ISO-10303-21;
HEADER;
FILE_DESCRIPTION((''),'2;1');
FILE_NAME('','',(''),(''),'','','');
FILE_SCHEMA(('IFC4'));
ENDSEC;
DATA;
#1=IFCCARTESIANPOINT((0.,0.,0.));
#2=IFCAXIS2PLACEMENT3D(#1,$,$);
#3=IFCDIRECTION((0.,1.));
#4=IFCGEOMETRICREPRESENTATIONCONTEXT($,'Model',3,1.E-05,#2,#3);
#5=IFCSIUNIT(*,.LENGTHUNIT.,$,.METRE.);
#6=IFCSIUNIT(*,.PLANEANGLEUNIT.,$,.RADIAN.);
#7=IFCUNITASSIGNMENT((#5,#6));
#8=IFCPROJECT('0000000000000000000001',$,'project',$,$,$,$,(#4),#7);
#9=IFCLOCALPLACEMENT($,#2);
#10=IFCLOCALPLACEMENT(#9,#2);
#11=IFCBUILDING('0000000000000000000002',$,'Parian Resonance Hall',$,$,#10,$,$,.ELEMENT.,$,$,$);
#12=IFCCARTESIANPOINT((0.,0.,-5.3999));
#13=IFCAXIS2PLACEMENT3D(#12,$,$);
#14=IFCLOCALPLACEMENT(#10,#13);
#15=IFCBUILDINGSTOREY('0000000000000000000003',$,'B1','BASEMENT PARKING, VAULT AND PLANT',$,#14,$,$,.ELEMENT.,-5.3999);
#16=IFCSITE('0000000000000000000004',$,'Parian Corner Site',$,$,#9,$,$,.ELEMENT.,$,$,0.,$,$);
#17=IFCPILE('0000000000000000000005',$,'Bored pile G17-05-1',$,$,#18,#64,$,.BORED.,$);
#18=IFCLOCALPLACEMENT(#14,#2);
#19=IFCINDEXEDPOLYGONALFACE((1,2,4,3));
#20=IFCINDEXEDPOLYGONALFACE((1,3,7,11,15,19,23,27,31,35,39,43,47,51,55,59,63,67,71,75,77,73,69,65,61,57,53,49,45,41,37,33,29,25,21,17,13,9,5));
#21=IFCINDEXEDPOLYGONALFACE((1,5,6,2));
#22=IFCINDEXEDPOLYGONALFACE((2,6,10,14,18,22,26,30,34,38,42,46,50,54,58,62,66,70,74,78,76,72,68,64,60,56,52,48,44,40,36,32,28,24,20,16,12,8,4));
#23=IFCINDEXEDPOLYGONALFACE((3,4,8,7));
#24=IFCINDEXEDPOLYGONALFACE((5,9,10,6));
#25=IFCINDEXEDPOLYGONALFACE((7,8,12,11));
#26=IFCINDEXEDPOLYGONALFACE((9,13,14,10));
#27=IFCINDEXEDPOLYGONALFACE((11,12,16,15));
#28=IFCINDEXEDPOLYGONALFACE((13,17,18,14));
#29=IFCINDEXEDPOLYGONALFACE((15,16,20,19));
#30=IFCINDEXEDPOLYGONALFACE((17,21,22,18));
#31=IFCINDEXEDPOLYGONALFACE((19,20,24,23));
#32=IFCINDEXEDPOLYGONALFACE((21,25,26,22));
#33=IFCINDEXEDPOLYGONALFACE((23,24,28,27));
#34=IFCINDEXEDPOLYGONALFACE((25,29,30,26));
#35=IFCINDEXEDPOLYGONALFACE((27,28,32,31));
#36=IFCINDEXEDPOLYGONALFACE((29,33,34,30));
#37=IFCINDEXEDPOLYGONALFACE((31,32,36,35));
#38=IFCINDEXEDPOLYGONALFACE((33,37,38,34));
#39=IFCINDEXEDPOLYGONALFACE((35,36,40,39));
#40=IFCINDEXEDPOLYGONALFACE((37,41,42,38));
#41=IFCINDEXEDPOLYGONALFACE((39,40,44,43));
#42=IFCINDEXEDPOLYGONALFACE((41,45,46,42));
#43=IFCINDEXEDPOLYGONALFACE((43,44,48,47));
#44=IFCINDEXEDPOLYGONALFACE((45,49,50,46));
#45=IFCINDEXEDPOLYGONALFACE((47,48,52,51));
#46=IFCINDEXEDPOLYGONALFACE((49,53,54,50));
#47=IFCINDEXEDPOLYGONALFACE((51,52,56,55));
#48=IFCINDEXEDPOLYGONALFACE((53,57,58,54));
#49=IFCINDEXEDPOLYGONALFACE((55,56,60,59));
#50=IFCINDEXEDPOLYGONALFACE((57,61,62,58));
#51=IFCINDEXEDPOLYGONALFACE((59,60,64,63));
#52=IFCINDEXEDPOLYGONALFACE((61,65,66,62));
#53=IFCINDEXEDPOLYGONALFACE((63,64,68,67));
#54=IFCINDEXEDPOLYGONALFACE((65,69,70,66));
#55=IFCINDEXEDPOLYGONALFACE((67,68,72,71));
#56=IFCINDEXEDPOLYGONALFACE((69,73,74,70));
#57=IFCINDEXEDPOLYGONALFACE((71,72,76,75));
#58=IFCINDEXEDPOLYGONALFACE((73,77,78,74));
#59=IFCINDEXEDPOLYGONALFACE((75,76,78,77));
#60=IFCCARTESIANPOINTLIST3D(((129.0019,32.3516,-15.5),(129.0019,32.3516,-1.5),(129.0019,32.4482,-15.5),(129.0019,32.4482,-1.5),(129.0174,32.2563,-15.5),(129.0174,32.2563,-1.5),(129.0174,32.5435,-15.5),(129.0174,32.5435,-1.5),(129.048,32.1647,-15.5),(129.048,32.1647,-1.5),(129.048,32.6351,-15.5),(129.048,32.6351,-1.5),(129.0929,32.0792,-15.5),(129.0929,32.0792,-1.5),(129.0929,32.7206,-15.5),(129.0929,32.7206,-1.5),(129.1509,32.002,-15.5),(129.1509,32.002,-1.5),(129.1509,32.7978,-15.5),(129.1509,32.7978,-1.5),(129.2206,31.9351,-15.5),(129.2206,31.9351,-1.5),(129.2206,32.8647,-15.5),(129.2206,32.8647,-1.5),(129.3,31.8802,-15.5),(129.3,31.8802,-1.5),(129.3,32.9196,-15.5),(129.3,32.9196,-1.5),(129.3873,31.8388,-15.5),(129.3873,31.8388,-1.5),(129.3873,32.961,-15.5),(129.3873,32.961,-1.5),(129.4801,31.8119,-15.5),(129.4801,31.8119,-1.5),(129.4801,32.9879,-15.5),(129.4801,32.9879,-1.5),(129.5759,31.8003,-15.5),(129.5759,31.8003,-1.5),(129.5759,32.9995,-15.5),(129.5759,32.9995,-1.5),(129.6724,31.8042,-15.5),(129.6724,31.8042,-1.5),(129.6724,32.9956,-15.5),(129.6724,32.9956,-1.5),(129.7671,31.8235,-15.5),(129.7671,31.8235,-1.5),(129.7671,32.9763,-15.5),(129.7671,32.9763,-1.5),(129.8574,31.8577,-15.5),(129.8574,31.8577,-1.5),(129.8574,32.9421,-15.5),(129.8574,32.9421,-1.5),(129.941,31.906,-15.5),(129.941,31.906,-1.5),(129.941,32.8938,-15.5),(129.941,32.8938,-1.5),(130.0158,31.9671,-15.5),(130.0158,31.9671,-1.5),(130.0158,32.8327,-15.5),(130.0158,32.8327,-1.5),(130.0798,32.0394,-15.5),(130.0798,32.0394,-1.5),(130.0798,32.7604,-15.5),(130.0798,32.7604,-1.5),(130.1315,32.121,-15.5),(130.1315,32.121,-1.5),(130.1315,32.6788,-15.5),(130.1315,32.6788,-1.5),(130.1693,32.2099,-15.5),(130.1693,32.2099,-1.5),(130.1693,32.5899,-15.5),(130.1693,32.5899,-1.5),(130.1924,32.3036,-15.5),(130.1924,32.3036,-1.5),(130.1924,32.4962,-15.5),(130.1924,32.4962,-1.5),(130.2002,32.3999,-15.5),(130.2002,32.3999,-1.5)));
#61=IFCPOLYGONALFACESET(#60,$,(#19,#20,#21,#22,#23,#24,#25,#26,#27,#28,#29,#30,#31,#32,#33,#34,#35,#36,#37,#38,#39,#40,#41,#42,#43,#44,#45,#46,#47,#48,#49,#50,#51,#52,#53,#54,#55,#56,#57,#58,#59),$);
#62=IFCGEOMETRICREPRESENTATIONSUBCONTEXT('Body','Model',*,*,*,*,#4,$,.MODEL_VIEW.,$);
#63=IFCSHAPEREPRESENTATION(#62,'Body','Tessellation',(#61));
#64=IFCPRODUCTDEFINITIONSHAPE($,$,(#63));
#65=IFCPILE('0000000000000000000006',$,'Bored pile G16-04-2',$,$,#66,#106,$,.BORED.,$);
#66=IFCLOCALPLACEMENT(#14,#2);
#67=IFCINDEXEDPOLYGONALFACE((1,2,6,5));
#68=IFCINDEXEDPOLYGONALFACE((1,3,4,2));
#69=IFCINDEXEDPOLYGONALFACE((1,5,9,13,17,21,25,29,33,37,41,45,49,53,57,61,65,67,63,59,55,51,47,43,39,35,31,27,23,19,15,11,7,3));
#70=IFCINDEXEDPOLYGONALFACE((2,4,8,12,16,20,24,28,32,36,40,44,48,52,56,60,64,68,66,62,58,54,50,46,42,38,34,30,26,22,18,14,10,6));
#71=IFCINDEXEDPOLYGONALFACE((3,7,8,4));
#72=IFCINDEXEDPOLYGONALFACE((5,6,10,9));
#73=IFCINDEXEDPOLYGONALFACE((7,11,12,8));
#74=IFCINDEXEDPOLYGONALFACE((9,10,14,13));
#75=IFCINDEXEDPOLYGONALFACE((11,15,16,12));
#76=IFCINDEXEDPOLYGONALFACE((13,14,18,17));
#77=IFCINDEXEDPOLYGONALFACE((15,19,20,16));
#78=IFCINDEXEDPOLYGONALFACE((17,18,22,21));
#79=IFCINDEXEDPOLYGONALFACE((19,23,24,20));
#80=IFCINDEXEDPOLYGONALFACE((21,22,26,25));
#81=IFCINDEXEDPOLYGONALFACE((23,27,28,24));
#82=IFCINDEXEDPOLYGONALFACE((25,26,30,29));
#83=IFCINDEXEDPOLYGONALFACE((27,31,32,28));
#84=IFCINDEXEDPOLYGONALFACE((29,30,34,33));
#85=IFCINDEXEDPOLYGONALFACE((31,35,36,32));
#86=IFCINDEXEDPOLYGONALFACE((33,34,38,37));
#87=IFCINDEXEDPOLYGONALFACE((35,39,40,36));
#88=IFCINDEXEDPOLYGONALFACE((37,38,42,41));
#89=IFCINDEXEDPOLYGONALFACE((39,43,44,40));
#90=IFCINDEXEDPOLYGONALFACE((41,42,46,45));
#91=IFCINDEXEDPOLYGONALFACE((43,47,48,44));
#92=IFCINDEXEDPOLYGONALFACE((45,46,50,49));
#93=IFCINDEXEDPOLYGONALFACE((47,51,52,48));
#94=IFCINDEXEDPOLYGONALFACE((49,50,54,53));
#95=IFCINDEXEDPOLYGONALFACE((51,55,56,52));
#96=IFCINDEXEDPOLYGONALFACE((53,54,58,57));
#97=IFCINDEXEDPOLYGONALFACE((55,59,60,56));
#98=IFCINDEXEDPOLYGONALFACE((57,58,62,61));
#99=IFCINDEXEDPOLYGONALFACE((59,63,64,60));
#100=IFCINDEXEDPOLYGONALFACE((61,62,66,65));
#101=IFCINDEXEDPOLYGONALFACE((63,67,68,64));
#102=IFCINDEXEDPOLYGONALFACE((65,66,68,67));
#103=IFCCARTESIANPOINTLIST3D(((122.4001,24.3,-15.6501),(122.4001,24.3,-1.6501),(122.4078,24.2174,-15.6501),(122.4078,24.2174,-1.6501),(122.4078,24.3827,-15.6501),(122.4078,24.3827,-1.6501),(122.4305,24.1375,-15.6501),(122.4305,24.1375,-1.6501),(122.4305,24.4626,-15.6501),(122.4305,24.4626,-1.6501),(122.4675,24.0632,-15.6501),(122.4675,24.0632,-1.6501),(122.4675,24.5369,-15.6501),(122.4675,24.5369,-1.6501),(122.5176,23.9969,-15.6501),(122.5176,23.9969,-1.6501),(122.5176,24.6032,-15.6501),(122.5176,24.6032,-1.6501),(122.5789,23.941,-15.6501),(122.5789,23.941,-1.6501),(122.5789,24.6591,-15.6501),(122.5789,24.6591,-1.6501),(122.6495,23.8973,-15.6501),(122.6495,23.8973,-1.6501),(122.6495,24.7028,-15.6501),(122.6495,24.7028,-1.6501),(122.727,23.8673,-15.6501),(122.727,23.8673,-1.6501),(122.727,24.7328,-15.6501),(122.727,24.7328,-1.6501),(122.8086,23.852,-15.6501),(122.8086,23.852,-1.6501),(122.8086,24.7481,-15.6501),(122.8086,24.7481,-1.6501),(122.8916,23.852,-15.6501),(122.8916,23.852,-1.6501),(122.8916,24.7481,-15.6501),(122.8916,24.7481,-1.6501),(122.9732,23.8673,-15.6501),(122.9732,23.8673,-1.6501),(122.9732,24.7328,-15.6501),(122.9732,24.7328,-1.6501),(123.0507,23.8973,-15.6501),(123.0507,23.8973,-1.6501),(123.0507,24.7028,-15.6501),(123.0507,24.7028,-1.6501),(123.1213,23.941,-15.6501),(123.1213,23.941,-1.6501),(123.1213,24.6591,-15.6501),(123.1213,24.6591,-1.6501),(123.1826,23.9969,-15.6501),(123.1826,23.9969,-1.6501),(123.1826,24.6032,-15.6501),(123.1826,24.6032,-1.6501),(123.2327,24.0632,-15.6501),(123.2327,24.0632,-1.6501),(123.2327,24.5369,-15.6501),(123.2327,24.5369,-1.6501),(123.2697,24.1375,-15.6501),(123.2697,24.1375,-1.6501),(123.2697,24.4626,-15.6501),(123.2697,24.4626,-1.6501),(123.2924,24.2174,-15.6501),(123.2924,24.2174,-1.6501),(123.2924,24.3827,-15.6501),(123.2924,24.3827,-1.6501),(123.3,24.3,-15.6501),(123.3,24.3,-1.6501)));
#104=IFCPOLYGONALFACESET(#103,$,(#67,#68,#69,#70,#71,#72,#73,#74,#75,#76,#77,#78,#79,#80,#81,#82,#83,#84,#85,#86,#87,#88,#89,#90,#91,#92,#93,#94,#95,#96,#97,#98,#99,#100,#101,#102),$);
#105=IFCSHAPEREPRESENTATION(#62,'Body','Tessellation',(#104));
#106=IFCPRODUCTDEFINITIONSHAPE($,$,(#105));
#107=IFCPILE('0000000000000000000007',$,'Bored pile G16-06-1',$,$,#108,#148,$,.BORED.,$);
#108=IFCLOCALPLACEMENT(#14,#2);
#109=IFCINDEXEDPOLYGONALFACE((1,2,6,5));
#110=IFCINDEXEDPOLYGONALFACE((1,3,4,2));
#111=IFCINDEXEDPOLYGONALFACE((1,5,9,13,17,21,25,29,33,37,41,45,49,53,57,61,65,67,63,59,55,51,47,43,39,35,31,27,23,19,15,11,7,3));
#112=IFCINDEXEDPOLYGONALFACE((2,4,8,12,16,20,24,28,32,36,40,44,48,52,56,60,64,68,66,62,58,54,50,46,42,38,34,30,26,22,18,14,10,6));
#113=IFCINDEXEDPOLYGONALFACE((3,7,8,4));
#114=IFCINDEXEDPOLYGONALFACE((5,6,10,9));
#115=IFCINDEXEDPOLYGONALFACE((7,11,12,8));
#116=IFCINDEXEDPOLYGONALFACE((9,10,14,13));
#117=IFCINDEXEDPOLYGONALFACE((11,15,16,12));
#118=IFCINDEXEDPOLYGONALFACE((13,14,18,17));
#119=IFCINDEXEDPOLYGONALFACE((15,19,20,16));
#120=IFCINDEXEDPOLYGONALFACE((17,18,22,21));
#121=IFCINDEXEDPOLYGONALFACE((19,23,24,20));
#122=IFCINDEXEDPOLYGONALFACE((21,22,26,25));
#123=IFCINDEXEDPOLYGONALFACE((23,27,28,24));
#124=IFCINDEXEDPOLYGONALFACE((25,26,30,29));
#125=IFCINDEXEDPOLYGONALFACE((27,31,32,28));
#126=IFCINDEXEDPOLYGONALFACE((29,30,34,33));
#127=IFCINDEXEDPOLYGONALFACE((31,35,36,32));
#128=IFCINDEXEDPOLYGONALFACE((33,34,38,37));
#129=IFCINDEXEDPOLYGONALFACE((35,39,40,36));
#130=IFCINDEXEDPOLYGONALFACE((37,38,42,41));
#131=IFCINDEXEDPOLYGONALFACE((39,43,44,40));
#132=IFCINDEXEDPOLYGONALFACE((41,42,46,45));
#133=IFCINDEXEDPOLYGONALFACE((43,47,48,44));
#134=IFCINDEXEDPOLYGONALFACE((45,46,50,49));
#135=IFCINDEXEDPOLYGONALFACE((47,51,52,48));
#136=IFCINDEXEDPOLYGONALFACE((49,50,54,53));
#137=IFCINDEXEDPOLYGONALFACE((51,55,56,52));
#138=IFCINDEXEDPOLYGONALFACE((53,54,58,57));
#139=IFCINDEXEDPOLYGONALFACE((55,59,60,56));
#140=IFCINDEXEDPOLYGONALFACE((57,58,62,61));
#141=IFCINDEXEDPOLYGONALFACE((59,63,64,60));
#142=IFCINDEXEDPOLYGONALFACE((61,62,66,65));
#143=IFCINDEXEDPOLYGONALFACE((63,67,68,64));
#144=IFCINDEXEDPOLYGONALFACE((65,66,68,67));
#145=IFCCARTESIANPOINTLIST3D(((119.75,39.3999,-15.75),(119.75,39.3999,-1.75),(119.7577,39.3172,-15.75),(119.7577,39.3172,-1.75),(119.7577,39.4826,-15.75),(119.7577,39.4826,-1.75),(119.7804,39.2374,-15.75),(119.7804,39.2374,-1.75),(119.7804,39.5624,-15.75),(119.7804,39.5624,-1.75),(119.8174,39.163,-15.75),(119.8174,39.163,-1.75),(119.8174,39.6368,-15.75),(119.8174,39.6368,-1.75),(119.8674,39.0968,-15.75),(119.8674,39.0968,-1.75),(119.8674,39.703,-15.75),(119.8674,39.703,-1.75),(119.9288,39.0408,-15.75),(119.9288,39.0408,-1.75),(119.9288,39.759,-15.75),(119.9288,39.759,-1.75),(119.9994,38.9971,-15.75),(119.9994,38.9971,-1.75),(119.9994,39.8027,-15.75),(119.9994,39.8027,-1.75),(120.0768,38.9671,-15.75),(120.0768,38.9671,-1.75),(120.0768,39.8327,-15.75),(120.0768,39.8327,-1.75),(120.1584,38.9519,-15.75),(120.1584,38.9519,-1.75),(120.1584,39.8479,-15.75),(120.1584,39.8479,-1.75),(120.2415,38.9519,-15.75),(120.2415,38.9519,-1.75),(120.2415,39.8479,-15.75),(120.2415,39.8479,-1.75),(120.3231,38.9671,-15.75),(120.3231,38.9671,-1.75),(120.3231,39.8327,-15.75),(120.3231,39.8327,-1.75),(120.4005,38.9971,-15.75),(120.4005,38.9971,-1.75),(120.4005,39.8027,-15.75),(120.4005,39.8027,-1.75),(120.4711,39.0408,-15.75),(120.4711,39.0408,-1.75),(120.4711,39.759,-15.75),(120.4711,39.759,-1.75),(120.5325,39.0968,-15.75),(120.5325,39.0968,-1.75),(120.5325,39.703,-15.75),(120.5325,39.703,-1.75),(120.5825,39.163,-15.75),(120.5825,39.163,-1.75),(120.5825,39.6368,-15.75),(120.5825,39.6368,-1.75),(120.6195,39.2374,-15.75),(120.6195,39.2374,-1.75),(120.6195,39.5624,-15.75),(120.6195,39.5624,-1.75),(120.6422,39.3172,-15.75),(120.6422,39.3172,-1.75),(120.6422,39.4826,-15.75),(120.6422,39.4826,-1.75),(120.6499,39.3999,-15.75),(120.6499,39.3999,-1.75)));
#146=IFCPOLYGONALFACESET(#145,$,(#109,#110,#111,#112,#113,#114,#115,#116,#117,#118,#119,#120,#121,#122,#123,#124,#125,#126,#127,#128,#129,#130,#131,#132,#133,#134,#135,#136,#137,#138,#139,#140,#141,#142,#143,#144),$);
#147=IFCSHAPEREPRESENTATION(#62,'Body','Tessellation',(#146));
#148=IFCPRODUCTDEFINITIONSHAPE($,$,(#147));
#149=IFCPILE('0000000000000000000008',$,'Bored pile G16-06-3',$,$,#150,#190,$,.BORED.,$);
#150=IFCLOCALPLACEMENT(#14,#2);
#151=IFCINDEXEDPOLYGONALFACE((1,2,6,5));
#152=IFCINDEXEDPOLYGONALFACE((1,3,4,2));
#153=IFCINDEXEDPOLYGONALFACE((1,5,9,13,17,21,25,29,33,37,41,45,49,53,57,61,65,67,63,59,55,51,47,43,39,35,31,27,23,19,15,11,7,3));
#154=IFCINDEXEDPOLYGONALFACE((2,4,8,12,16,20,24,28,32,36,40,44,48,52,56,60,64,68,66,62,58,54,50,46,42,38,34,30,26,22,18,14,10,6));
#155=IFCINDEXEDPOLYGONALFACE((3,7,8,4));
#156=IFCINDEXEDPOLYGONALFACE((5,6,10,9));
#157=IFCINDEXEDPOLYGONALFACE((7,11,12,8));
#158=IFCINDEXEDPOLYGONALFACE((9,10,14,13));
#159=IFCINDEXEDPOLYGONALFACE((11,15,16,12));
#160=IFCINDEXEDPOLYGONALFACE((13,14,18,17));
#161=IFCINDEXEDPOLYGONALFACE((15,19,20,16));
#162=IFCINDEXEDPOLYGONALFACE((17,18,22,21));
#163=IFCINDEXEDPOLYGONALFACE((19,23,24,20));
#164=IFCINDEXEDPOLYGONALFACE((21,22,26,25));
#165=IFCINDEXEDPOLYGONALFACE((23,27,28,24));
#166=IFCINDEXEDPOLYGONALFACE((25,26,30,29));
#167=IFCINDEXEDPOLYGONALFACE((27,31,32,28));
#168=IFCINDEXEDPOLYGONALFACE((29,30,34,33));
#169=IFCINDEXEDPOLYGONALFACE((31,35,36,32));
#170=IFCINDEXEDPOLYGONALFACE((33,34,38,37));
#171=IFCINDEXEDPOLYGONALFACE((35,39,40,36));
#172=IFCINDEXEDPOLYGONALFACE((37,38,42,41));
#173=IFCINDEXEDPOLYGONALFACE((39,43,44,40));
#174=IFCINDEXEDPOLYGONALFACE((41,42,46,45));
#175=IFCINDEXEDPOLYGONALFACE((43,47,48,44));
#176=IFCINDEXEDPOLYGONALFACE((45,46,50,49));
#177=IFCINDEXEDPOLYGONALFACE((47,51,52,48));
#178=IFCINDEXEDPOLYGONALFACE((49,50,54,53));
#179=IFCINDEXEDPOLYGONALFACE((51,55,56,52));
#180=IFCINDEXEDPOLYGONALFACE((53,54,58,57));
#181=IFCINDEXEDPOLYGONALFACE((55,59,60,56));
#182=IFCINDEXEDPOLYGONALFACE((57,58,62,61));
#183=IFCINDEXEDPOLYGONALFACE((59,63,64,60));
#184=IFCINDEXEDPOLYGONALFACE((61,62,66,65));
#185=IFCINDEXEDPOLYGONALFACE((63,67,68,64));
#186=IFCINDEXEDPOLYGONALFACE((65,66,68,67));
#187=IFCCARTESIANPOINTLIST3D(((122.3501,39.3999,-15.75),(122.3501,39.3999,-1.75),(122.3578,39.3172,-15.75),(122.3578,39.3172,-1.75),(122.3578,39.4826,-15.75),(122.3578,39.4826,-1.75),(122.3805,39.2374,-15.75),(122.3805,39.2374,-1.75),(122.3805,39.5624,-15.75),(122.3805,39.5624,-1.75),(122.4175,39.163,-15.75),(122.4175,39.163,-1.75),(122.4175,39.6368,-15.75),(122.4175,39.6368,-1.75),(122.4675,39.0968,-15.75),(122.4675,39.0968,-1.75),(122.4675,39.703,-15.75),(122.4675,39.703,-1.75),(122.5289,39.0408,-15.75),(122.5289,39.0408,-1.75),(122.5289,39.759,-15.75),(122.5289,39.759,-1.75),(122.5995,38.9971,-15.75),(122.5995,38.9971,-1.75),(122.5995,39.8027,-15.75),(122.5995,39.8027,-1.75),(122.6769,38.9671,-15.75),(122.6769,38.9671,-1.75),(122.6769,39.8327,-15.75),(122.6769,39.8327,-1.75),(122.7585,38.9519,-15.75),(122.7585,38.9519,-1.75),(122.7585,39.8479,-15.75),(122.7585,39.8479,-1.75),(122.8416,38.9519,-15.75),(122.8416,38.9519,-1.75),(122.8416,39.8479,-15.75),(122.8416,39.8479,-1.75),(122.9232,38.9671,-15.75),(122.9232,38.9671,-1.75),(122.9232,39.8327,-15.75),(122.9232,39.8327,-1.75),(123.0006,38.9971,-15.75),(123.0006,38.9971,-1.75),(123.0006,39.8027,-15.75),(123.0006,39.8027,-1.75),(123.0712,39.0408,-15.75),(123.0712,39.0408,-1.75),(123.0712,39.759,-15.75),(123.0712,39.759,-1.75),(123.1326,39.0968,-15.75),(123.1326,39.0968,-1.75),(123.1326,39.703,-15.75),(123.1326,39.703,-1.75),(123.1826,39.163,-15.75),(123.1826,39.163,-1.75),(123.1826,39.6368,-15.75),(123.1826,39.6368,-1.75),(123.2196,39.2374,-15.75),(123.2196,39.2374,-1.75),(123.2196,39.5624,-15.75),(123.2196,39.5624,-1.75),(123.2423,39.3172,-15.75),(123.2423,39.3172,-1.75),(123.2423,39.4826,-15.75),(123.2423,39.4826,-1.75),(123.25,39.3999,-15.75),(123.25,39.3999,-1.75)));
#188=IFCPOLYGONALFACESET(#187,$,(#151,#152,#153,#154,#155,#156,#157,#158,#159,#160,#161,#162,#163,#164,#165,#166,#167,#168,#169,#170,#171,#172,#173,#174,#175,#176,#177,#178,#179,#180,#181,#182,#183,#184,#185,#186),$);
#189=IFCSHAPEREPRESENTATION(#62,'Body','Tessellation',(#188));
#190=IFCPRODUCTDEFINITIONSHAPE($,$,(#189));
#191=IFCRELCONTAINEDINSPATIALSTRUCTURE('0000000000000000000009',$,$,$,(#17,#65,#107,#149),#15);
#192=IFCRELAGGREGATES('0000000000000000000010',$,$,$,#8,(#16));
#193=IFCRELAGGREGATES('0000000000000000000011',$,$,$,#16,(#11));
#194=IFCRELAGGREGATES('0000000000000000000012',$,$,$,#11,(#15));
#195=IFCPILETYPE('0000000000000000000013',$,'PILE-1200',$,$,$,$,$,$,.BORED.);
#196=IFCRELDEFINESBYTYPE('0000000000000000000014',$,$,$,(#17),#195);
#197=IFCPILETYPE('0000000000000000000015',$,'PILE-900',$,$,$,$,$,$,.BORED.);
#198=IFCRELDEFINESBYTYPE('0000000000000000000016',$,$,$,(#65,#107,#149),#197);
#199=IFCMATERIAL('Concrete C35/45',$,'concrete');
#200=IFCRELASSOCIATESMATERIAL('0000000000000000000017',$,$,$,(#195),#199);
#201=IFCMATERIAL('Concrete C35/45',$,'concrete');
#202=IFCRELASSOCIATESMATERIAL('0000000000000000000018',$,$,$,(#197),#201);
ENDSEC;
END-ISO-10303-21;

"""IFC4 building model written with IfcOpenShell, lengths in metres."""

from ifc_helpers import new_model, si_unit, direction, frame, origin, origin_2d, place, context, subcontext, project, spatial, circle, extrude, material, material_profile, profile_set, type_object, element, save


model = new_model("IFC4")

# Units and contexts
model_context = context("Model", 3, precision=1e-05, world=origin(), true_north=direction((0.0, 1.0)))
body_context = subcontext(model_context, "Body", "Model", "MODEL_VIEW")
ifc_project = project(units=[si_unit("LENGTHUNIT", "METRE"), si_unit("PLANEANGLEUNIT", "RADIAN")], contexts=[model_context])

# Site, building, storey
site_placement = place(None, origin())
site = spatial("IfcSite", under=ifc_project, at=site_placement, Name="Parian Corner Site", CompositionType="ELEMENT", RefElevation=0.0)
building_placement = place(site_placement, origin())
building = spatial("IfcBuilding", under=site, at=building_placement, Name="Parian Resonance Hall", CompositionType="ELEMENT")
storey_placement = place(building_placement, frame((0.0, 0.0, -5.3999)))
storey = spatial("IfcBuildingStorey", under=building, at=storey_placement, Name="B1", Description="BASEMENT PARKING, VAULT AND PLANT", CompositionType="ELEMENT", Elevation=-5.3999)

# Piles
ifc_material_1 = material(Name="Concrete C35/45", Category="concrete")
ifc_material_profile_1 = material_profile(ifc_material_1, circle(Radius=0.6001, at=origin_2d()), Name="PILE-D1200")
ifc_profile_set_1 = profile_set([ifc_material_profile_1], Name="Concrete C35/45")
pile_type_1 = type_object("IfcPileType", Name="PILE-1200", PredefinedType="BORED", material=ifc_profile_set_1)
for number, where, z_axis, x_axis, name in (
    (1, (129.6001, 32.3999, -1.5), (0.0, 0.0, -1.0), (1.0, 0.0, 0.0), "Bored pile G17-05-1"),
):
    element("IfcPile", number, at=place(storey_placement, frame(where, z_axis=z_axis, x_axis=x_axis)), inside=storey, type_object=pile_type_1, Name=name, PredefinedType="BORED", context=body_context, shape_type="SweptSolid", body=[
        extrude(circle(Radius=0.6001, at=origin_2d()), origin(), (0.0, 0.0, 1.0), 14.0),
    ])
ifc_material_2 = material(Name="Concrete C35/45", Category="concrete")
ifc_material_profile_2 = material_profile(ifc_material_2, circle(Radius=0.45, at=origin_2d()), Name="PILE-D900")
ifc_profile_set_2 = profile_set([ifc_material_profile_2], Name="Concrete C35/45")
pile_type_2 = type_object("IfcPileType", Name="PILE-900", PredefinedType="BORED", material=ifc_profile_set_2)
for number, where, z_axis, x_axis, name in (
    (2, (122.8501, 24.3, -1.6501), (0.0, 0.0, -1.0), (1.0, 0.0, 0.0), "Bored pile G16-04-2"),
    (3, (120.2, 39.3999, -1.75), (0.0, 0.0, -1.0), (1.0, 0.0, 0.0), "Bored pile G16-06-1"),
    (4, (122.8, 39.3999, -1.75), (0.0, 0.0, -1.0), (1.0, 0.0, 0.0), "Bored pile G16-06-3"),
):
    element("IfcPile", number, at=place(storey_placement, frame(where, z_axis=z_axis, x_axis=x_axis)), inside=storey, type_object=pile_type_2, Name=name, PredefinedType="BORED", context=body_context, shape_type="SweptSolid", body=[
        extrude(circle(Radius=0.45, at=origin_2d()), origin(), (0.0, 0.0, 1.0), 14.0),
    ])

save(model, "model.ifc")
